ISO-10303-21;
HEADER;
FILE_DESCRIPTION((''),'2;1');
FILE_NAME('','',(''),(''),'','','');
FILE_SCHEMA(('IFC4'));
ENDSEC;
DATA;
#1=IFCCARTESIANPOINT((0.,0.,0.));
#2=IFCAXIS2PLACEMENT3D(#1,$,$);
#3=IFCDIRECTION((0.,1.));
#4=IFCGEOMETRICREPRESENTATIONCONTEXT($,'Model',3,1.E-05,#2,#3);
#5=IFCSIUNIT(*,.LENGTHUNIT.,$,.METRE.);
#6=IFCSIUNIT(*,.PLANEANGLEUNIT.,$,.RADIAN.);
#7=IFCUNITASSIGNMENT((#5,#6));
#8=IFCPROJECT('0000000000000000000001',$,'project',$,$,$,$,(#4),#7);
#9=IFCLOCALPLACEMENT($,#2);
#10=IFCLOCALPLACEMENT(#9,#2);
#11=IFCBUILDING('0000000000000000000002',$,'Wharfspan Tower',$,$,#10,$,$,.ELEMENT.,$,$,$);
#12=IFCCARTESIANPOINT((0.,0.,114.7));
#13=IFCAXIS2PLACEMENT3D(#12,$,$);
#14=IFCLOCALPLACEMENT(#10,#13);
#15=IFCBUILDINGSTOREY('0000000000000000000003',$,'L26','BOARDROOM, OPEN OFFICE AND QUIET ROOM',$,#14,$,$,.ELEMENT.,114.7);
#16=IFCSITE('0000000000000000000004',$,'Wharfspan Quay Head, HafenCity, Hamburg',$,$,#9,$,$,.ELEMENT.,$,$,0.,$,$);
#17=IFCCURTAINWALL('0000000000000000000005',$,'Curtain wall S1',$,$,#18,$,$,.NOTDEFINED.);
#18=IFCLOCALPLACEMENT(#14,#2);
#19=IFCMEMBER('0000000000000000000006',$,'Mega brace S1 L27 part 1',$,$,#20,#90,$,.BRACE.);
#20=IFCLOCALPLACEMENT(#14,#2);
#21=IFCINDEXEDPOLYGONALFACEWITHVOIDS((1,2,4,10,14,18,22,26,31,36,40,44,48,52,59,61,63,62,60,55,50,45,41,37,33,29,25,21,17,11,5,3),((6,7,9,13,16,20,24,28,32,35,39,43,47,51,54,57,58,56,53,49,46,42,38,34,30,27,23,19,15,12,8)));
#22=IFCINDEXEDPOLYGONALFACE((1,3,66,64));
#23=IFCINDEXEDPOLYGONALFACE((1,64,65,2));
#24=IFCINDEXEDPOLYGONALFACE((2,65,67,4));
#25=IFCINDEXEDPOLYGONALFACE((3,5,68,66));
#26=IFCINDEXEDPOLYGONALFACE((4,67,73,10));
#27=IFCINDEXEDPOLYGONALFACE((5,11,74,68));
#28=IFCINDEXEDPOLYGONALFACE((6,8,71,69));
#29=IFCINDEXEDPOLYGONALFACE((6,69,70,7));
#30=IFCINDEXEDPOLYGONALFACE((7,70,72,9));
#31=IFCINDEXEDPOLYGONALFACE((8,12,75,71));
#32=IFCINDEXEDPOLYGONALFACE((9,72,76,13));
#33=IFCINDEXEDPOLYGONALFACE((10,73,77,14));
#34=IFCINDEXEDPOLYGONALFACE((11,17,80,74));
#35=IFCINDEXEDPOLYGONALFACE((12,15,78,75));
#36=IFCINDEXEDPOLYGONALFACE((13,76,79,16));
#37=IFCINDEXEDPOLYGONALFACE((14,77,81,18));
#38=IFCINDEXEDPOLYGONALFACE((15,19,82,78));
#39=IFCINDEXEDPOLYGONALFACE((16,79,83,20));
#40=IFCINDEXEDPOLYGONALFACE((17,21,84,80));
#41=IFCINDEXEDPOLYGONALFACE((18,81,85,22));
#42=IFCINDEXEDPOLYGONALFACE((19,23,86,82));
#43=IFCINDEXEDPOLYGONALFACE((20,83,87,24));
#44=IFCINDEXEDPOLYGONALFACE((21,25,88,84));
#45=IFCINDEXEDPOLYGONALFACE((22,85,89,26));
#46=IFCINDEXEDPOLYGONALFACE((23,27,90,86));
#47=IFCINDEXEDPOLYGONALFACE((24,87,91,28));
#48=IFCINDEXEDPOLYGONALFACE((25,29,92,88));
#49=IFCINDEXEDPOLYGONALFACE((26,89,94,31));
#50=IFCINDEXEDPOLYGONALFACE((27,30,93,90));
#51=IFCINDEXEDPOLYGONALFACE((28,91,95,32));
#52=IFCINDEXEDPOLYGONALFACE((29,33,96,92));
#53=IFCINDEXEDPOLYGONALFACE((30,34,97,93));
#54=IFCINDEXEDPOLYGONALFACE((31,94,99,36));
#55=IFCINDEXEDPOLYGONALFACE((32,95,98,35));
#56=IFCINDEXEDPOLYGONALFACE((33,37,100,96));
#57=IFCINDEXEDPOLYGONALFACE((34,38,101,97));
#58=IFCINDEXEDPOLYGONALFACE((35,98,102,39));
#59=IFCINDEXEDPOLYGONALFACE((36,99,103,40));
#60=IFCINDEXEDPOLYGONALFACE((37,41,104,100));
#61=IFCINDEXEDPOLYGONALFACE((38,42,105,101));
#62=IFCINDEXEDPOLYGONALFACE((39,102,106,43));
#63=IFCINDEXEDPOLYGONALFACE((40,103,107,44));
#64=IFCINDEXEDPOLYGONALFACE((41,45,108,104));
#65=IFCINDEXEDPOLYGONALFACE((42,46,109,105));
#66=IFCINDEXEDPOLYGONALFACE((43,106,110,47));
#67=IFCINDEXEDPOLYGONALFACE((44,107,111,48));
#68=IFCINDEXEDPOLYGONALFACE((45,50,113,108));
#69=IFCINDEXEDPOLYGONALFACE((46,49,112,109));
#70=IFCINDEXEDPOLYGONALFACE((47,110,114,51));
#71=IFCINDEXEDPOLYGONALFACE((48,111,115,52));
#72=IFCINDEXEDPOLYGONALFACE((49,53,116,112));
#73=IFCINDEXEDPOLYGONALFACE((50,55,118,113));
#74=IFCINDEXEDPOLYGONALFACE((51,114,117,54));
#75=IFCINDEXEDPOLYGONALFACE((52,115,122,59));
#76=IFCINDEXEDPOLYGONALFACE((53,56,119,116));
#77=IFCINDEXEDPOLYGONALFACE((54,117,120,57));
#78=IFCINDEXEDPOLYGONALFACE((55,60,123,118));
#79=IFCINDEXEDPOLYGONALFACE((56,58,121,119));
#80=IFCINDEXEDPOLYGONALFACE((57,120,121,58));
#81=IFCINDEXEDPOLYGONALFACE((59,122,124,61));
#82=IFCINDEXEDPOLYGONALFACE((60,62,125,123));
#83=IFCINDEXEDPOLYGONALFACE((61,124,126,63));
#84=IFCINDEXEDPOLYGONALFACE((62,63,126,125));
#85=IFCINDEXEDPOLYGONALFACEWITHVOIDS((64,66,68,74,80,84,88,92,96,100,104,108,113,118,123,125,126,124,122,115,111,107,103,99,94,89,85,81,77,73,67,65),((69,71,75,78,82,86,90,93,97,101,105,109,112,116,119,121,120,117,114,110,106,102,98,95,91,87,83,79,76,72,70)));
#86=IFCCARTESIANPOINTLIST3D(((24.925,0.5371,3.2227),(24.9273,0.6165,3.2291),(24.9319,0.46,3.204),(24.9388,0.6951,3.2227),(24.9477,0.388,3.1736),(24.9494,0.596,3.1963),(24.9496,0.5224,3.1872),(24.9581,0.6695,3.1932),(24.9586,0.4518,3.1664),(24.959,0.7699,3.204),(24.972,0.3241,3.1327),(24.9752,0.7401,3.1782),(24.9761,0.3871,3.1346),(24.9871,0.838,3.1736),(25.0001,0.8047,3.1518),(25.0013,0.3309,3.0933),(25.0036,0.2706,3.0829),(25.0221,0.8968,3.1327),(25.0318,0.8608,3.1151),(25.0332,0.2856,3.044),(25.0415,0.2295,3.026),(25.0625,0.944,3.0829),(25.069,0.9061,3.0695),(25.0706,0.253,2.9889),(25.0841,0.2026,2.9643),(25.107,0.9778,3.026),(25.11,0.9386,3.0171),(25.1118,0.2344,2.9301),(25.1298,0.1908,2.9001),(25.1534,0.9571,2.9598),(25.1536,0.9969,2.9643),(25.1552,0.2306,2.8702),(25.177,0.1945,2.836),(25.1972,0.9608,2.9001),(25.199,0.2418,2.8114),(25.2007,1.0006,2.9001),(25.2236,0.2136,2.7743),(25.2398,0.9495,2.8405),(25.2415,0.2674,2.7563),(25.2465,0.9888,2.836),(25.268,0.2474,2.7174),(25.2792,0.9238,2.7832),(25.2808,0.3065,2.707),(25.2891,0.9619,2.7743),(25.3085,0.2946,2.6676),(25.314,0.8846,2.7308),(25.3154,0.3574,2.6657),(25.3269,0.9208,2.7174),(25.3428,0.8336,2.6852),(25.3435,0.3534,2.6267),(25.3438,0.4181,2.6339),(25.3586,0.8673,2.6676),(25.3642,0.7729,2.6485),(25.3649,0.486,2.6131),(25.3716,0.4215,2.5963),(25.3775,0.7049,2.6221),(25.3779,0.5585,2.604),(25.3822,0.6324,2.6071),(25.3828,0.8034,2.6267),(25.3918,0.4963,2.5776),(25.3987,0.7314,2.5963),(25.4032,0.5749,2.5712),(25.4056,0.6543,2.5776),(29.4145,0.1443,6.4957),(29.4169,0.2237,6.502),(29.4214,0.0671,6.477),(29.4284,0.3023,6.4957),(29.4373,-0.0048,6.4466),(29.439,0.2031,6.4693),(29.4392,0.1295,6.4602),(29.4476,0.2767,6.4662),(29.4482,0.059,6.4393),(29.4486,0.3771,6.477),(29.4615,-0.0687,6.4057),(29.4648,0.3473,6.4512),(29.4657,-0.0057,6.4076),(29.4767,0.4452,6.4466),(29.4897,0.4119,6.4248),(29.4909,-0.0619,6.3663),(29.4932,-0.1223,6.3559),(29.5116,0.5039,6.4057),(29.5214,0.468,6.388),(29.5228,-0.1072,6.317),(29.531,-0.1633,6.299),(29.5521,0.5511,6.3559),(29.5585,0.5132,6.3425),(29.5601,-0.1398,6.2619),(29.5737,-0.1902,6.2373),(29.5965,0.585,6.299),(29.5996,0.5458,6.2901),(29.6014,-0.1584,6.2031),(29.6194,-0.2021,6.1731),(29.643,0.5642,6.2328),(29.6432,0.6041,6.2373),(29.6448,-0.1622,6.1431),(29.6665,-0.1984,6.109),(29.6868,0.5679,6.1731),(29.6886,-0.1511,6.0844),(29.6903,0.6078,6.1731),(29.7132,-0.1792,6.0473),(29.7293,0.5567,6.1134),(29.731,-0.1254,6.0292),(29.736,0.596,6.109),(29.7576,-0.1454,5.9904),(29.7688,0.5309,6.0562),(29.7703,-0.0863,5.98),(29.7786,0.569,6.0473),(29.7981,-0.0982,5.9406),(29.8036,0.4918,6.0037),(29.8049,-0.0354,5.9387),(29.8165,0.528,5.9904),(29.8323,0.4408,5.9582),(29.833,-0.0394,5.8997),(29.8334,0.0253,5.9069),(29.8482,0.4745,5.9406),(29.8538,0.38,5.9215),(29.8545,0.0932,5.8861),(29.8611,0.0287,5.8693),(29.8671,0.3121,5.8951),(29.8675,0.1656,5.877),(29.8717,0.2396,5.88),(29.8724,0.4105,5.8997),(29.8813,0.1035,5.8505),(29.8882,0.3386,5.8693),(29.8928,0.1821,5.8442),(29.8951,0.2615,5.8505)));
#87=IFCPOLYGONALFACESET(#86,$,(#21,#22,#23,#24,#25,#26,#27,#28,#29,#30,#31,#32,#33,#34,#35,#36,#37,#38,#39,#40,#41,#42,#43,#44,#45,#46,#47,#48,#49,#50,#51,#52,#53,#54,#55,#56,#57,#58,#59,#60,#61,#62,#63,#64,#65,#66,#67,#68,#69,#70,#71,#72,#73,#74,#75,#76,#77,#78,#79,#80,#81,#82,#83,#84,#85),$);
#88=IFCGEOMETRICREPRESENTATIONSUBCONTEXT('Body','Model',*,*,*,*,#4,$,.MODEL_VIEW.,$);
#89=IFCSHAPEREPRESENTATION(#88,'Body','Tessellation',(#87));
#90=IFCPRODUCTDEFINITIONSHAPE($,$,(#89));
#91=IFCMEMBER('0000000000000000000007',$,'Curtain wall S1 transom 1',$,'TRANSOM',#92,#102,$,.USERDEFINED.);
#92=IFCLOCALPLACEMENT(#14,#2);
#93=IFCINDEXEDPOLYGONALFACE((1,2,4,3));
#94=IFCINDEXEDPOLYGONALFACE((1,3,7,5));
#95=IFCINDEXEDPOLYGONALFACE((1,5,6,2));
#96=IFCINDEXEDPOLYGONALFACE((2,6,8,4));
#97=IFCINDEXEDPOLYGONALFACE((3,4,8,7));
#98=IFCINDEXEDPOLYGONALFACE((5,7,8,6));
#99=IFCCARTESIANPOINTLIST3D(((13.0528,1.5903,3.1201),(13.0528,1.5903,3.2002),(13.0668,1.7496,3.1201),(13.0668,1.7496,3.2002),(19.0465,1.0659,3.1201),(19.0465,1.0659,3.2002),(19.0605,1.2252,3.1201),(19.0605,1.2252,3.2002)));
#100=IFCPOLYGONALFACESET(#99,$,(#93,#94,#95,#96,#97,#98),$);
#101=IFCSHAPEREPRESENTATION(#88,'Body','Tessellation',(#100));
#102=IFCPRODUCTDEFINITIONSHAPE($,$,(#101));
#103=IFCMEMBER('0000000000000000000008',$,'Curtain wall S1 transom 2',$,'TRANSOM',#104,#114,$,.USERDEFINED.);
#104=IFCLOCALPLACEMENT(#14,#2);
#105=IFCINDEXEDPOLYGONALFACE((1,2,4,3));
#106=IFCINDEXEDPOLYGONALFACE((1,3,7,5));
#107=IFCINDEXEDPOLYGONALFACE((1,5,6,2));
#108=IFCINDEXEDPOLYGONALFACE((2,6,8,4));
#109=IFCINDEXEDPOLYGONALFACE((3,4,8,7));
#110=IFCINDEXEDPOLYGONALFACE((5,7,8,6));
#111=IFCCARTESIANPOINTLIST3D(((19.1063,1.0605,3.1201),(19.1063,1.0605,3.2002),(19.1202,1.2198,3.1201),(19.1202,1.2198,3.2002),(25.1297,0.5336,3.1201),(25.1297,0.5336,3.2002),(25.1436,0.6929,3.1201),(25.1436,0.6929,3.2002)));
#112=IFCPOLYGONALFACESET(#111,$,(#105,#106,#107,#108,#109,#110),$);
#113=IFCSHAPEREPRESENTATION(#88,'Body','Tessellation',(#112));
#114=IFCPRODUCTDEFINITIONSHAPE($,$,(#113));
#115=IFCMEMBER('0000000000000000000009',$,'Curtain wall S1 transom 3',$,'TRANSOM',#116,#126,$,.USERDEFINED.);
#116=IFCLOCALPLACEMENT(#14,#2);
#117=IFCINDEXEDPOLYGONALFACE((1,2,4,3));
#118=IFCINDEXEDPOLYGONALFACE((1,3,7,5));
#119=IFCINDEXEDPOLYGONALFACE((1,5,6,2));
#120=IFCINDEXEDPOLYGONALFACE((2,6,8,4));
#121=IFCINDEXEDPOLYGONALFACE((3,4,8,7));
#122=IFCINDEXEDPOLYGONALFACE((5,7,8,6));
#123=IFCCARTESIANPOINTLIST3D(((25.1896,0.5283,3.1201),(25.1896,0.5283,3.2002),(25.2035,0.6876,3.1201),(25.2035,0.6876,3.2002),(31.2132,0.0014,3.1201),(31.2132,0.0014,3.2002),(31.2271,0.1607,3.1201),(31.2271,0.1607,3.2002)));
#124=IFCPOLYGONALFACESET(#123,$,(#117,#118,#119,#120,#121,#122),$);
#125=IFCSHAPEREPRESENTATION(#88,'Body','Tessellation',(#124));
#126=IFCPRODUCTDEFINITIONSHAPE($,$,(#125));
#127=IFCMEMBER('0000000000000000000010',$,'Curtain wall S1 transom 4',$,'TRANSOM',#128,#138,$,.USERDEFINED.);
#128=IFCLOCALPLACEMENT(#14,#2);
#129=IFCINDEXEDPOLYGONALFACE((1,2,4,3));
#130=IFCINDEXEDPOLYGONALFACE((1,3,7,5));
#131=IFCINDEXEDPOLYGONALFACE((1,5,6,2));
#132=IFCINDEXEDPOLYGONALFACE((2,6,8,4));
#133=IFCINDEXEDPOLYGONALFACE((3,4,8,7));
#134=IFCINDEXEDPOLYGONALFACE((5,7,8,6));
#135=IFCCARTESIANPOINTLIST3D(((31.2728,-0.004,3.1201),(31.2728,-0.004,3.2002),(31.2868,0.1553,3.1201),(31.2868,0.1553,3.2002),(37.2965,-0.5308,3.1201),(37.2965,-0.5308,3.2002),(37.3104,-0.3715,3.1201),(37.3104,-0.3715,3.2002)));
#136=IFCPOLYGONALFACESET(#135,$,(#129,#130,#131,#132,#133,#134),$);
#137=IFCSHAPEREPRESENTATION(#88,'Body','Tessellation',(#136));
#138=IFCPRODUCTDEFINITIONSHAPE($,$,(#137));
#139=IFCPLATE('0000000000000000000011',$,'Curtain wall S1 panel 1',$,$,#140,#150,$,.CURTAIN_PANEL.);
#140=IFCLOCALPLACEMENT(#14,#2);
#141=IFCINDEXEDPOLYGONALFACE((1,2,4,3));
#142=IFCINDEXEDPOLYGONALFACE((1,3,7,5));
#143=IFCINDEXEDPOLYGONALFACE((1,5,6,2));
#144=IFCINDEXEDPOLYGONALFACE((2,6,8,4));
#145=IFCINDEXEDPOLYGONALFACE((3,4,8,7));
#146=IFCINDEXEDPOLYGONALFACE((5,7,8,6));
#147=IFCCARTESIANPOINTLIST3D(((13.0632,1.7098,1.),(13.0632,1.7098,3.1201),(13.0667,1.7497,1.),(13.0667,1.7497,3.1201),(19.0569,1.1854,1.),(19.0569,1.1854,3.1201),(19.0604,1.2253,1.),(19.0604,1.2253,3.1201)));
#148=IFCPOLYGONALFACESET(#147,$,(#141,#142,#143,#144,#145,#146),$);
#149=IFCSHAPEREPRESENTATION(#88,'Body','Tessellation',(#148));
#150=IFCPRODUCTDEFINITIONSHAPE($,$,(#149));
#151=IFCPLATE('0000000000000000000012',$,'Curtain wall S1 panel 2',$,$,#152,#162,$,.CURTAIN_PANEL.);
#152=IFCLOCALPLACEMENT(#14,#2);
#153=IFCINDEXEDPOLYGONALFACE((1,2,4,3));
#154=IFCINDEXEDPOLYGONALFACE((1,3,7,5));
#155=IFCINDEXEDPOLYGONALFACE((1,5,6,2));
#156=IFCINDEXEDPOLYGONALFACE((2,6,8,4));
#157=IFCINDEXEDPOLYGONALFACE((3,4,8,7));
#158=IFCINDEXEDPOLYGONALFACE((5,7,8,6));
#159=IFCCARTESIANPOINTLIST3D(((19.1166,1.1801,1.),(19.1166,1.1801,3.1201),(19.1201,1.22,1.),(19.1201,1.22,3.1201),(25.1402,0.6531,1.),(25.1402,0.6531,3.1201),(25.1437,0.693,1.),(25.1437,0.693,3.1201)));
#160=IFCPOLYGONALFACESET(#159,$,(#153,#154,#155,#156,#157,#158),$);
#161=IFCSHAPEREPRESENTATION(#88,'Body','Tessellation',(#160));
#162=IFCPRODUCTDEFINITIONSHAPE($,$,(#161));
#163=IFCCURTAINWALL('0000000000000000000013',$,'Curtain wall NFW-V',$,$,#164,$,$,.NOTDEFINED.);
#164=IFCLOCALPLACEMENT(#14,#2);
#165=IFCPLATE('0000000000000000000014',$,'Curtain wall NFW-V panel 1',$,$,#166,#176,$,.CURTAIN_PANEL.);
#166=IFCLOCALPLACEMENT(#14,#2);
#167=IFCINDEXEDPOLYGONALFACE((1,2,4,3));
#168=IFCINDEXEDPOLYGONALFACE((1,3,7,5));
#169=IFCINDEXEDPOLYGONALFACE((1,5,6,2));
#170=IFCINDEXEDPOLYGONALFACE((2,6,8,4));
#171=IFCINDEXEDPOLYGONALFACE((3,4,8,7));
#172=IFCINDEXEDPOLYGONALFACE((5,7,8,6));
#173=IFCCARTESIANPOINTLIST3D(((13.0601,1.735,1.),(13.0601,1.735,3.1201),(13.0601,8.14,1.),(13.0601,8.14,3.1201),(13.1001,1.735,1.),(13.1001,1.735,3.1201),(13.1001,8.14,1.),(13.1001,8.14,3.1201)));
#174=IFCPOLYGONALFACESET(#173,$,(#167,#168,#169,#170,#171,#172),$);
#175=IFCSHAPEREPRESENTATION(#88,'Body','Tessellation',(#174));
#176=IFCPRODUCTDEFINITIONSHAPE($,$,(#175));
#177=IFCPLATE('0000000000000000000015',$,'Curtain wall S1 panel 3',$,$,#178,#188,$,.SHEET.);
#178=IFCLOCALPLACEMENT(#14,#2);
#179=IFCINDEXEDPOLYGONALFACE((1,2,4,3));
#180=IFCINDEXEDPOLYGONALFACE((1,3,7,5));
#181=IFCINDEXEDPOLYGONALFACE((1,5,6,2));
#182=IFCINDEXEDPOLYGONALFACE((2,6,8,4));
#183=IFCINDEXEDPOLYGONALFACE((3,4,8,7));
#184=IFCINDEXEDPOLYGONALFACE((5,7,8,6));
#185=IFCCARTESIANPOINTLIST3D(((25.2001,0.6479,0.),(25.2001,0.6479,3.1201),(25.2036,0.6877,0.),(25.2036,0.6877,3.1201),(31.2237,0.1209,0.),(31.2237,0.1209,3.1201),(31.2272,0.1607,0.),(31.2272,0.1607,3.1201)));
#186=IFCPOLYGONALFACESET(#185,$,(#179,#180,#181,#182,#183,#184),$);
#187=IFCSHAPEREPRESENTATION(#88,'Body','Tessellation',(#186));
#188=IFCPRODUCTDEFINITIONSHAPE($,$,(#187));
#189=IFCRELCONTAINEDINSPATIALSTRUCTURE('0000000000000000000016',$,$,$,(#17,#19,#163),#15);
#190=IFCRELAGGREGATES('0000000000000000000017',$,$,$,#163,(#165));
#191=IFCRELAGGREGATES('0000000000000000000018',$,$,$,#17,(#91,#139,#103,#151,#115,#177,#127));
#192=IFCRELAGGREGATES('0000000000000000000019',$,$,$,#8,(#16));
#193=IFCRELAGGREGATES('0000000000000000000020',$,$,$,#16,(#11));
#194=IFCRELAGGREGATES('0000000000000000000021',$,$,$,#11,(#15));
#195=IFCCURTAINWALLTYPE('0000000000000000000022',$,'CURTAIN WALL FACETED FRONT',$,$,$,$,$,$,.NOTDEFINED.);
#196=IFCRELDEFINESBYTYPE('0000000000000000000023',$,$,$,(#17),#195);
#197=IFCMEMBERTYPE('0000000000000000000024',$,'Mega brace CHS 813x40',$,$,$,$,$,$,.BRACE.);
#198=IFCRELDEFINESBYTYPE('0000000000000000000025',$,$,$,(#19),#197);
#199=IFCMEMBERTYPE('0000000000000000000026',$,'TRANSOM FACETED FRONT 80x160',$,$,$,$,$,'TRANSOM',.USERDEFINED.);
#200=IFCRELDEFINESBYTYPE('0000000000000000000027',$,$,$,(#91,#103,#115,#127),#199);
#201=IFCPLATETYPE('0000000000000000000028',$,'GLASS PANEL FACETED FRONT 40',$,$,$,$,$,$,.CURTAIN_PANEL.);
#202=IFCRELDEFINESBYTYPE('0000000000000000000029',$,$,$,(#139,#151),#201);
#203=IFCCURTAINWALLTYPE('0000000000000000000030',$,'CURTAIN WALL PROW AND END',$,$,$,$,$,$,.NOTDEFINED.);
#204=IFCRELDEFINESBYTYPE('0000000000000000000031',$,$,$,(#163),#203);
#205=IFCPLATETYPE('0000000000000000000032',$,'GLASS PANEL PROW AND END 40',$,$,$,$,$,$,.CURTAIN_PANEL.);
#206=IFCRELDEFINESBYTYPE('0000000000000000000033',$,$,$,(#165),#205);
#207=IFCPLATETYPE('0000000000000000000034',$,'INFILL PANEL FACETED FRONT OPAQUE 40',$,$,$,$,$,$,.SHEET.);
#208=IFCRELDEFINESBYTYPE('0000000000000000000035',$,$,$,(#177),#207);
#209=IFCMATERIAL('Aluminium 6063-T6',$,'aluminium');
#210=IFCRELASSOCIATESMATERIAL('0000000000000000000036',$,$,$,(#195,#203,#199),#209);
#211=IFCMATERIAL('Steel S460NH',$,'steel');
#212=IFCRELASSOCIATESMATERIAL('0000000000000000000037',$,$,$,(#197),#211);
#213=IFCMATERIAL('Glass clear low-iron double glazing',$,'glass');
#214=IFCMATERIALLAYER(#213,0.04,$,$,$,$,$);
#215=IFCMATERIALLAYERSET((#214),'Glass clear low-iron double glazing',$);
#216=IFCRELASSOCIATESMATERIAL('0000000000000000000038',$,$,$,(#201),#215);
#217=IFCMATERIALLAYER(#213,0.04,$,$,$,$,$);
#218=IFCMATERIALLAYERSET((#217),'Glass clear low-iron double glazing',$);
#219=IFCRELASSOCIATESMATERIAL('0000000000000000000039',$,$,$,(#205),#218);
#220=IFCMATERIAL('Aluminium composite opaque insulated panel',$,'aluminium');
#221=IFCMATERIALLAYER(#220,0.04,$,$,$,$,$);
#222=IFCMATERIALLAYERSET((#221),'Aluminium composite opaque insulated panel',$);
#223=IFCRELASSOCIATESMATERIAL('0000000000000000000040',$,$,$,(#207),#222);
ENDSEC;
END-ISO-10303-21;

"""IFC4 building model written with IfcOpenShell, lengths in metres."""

from ifc_helpers import new_model, si_unit, direction, frame, origin, origin_2d, place, context, subcontext, project, spatial, rectangle, hollow_circle, extrude, material, layer, layer_set, material_profile, profile_set, type_object, element, aggregate, save


model = new_model("IFC4")

# Units and contexts
model_context = context("Model", 3, precision=1e-05, world=origin(), true_north=direction((0.0, 1.0)))
body_context = subcontext(model_context, "Body", "Model", "MODEL_VIEW")
ifc_project = project(units=[si_unit("LENGTHUNIT", "METRE"), si_unit("PLANEANGLEUNIT", "RADIAN")], contexts=[model_context])

# Site, building, storey
site_placement = place(None, origin())
site = spatial("IfcSite", under=ifc_project, at=site_placement, Name="Wharfspan Quay Head, HafenCity, Hamburg", CompositionType="ELEMENT", RefElevation=0.0)
building_placement = place(site_placement, origin())
building = spatial("IfcBuilding", under=site, at=building_placement, Name="Wharfspan Tower", CompositionType="ELEMENT")
storey_placement = place(building_placement, frame((0.0, 0.0, 114.7)))
storey = spatial("IfcBuildingStorey", under=building, at=storey_placement, Name="L26", Description="BOARDROOM, OPEN OFFICE AND QUIET ROOM", CompositionType="ELEMENT", Elevation=114.7)

# Curtain wall
ifc_material_1 = material(Name="Aluminium 6063-T6", Category="aluminium")
curtain_wall_type_1 = type_object("IfcCurtainWallType", Name="CURTAIN WALL FACETED FRONT", PredefinedType="NOTDEFINED", material=ifc_material_1)
curtain_wall_1_placement = place(storey_placement, origin())
curtain_wall_1 = element("IfcCurtainWall", 1, at=curtain_wall_1_placement, inside=storey, type_object=curtain_wall_type_1, Name="Curtain wall S1", PredefinedType="NOTDEFINED")

# Members
ifc_material_2 = material(Name="Steel S460NH", Category="steel")
ifc_material_profile_1 = material_profile(ifc_material_2, hollow_circle(Radius=0.4065, WallThickness=0.04, at=origin_2d()))
ifc_profile_set_1 = profile_set([ifc_material_profile_1], Name="Steel S460NH")
member_type_1 = type_object("IfcMemberType", Name="Mega brace CHS 813x40", PredefinedType="BRACE", material=ifc_profile_set_1)
member_1_placement = place(storey_placement, frame((25.1653, 0.5957, 2.9001), z_axis=(0.806051, -0.070528, 0.587629), x_axis=(0.087168, 0.996193, -0.000004)))
element("IfcMember", 2, at=member_1_placement, inside=storey, type_object=member_type_1, Name="Mega brace S1 L27 part 1", PredefinedType="BRACE", context=body_context, shape_type="SweptSolid", body=[
    extrude(hollow_circle(Radius=0.4065, WallThickness=0.04, at=origin_2d()), origin(), (0.0, 0.0, 1.0), 5.5698),
])
ifc_material_profile_2 = material_profile(ifc_material_1, rectangle(XDim=0.1599, YDim=0.0801, at=origin_2d()))
ifc_profile_set_2 = profile_set([ifc_material_profile_2], Name="Aluminium 6063-T6")
member_type_2 = type_object("IfcMemberType", Name="TRANSOM FACETED FRONT 80x160", ElementType="TRANSOM", PredefinedType="USERDEFINED", material=ifc_profile_set_2)
member_2_placement = place(storey_placement, frame((13.0598, 1.6699, 3.1602), z_axis=(0.996194, -0.087162, 0.0), x_axis=(0.087162, 0.996194, 0.0)))
member_2 = element("IfcMember", 3, at=member_2_placement, type_object=member_type_2, Name="Curtain wall S1 transom 1", ObjectType="TRANSOM", PredefinedType="USERDEFINED", context=body_context, shape_type="SweptSolid", body=[
    extrude(rectangle(XDim=0.1599, YDim=0.0801, at=origin_2d()), origin(), (0.0, 0.0, 1.0), 6.0166),
])
member_3_placement = place(storey_placement, frame((19.1133, 1.1401, 3.1602), z_axis=(0.996197, -0.087135, 0.0), x_axis=(0.087135, 0.996197, 0.0)))
member_3 = element("IfcMember", 4, at=member_3_placement, type_object=member_type_2, Name="Curtain wall S1 transom 2", ObjectType="TRANSOM", PredefinedType="USERDEFINED", context=body_context, shape_type="SweptSolid", body=[
    extrude(rectangle(XDim=0.1599, YDim=0.0801, at=origin_2d()), origin(), (0.0, 0.0, 1.0), 6.0464),
])
member_4_placement = place(storey_placement, frame((25.1965, 0.6079, 3.1602), z_axis=(0.996197, -0.087131, 0.0), x_axis=(0.087131, 0.996197, 0.0)))
member_4 = element("IfcMember", 5, at=member_4_placement, type_object=member_type_2, Name="Curtain wall S1 transom 3", ObjectType="TRANSOM", PredefinedType="USERDEFINED", context=body_context, shape_type="SweptSolid", body=[
    extrude(rectangle(XDim=0.1599, YDim=0.0801, at=origin_2d()), origin(), (0.0, 0.0, 1.0), 6.0466),
])
member_5_placement = place(storey_placement, frame((31.2798, 0.0757, 3.1602), z_axis=(0.996197, -0.087131, 0.0), x_axis=(0.087131, 0.996197, 0.0)))
member_5 = element("IfcMember", 6, at=member_5_placement, type_object=member_type_2, Name="Curtain wall S1 transom 4", ObjectType="TRANSOM", PredefinedType="USERDEFINED", context=body_context, shape_type="SweptSolid", body=[
    extrude(rectangle(XDim=0.1599, YDim=0.0801, at=origin_2d()), origin(), (0.0, 0.0, 1.0), 6.0466),
])

# Plates
ifc_material_3 = material(Name="Glass clear low-iron double glazing", Category="glass")
ifc_layer_1 = layer(ifc_material_3, 0.04)
ifc_layer_set_1 = layer_set([ifc_layer_1], Name="Glass clear low-iron double glazing")
plate_type_1 = type_object("IfcPlateType", Name="GLASS PANEL FACETED FRONT 40", PredefinedType="CURTAIN_PANEL", material=ifc_layer_set_1)
plate_1_placement = place(storey_placement, frame((16.0618, 1.4675, 1.0), z_axis=(0.0, 0.0, 1.0), x_axis=(0.996198, -0.087156, 0.0)))
plate_1 = element("IfcPlate", 7, at=plate_1_placement, type_object=plate_type_1, Name="Curtain wall S1 panel 1", PredefinedType="CURTAIN_PANEL", context=body_context, shape_type="SweptSolid", body=[
    extrude(rectangle(XDim=6.0166, YDim=0.04, at=origin_2d()), origin(), (0.0, 0.0, 1.0), 2.1201),
])
plate_2_placement = place(storey_placement, frame((22.1301, 0.9365, 1.0), z_axis=(0.0, 0.0, 1.0), x_axis=(0.996198, -0.087156, 0.0)))
plate_2 = element("IfcPlate", 8, at=plate_2_placement, type_object=plate_type_1, Name="Curtain wall S1 panel 2", PredefinedType="CURTAIN_PANEL", context=body_context, shape_type="SweptSolid", body=[
    extrude(rectangle(XDim=6.0466, YDim=0.04, at=origin_2d()), origin(), (0.0, 0.0, 1.0), 2.1201),
])

# Curtain wall, plate
curtain_wall_type_2 = type_object("IfcCurtainWallType", Name="CURTAIN WALL PROW AND END", PredefinedType="NOTDEFINED", material=ifc_material_1)
curtain_wall_2_placement = place(storey_placement, origin())
curtain_wall_2 = element("IfcCurtainWall", 9, at=curtain_wall_2_placement, inside=storey, type_object=curtain_wall_type_2, Name="Curtain wall NFW-V", PredefinedType="NOTDEFINED")
ifc_layer_2 = layer(ifc_material_3, 0.04)
ifc_layer_set_2 = layer_set([ifc_layer_2], Name="Glass clear low-iron double glazing")
plate_type_2 = type_object("IfcPlateType", Name="GLASS PANEL PROW AND END 40", PredefinedType="CURTAIN_PANEL", material=ifc_layer_set_2)
plate_3_placement = place(storey_placement, frame((13.0801, 4.9375, 1.0), z_axis=(0.0, 0.0, 1.0), x_axis=(0.0, -1.0, 0.0)))
plate_3 = element("IfcPlate", 10, at=plate_3_placement, type_object=plate_type_2, Name="Curtain wall NFW-V panel 1", PredefinedType="CURTAIN_PANEL", context=body_context, shape_type="SweptSolid", body=[
    extrude(rectangle(XDim=6.405, YDim=0.04, at=origin_2d()), origin(), (0.0, 0.0, 1.0), 2.1201),
])
aggregate(curtain_wall_2, [plate_3])

# Plate
ifc_material_4 = material(Name="Aluminium composite opaque insulated panel", Category="aluminium")
ifc_layer_3 = layer(ifc_material_4, 0.04)
ifc_layer_set_3 = layer_set([ifc_layer_3], Name="Aluminium composite opaque insulated panel")
plate_type_3 = type_object("IfcPlateType", Name="INFILL PANEL FACETED FRONT OPAQUE 40", PredefinedType="SHEET", material=ifc_layer_set_3)
plate_4_placement = place(storey_placement, frame((28.2136, 0.4043, 0.0), z_axis=(0.0, 0.0, 1.0), x_axis=(0.996198, -0.087156, 0.0)))
plate_4 = element("IfcPlate", 11, at=plate_4_placement, type_object=plate_type_3, Name="Curtain wall S1 panel 3", PredefinedType="SHEET", context=body_context, shape_type="SweptSolid", body=[
    extrude(rectangle(XDim=6.0466, YDim=0.04, at=origin_2d()), origin(), (0.0, 0.0, 1.0), 3.1201),
])
aggregate(curtain_wall_1, [member_2, plate_1, member_3, plate_2, member_4, plate_4, member_5])

save(model, "model.ifc")
